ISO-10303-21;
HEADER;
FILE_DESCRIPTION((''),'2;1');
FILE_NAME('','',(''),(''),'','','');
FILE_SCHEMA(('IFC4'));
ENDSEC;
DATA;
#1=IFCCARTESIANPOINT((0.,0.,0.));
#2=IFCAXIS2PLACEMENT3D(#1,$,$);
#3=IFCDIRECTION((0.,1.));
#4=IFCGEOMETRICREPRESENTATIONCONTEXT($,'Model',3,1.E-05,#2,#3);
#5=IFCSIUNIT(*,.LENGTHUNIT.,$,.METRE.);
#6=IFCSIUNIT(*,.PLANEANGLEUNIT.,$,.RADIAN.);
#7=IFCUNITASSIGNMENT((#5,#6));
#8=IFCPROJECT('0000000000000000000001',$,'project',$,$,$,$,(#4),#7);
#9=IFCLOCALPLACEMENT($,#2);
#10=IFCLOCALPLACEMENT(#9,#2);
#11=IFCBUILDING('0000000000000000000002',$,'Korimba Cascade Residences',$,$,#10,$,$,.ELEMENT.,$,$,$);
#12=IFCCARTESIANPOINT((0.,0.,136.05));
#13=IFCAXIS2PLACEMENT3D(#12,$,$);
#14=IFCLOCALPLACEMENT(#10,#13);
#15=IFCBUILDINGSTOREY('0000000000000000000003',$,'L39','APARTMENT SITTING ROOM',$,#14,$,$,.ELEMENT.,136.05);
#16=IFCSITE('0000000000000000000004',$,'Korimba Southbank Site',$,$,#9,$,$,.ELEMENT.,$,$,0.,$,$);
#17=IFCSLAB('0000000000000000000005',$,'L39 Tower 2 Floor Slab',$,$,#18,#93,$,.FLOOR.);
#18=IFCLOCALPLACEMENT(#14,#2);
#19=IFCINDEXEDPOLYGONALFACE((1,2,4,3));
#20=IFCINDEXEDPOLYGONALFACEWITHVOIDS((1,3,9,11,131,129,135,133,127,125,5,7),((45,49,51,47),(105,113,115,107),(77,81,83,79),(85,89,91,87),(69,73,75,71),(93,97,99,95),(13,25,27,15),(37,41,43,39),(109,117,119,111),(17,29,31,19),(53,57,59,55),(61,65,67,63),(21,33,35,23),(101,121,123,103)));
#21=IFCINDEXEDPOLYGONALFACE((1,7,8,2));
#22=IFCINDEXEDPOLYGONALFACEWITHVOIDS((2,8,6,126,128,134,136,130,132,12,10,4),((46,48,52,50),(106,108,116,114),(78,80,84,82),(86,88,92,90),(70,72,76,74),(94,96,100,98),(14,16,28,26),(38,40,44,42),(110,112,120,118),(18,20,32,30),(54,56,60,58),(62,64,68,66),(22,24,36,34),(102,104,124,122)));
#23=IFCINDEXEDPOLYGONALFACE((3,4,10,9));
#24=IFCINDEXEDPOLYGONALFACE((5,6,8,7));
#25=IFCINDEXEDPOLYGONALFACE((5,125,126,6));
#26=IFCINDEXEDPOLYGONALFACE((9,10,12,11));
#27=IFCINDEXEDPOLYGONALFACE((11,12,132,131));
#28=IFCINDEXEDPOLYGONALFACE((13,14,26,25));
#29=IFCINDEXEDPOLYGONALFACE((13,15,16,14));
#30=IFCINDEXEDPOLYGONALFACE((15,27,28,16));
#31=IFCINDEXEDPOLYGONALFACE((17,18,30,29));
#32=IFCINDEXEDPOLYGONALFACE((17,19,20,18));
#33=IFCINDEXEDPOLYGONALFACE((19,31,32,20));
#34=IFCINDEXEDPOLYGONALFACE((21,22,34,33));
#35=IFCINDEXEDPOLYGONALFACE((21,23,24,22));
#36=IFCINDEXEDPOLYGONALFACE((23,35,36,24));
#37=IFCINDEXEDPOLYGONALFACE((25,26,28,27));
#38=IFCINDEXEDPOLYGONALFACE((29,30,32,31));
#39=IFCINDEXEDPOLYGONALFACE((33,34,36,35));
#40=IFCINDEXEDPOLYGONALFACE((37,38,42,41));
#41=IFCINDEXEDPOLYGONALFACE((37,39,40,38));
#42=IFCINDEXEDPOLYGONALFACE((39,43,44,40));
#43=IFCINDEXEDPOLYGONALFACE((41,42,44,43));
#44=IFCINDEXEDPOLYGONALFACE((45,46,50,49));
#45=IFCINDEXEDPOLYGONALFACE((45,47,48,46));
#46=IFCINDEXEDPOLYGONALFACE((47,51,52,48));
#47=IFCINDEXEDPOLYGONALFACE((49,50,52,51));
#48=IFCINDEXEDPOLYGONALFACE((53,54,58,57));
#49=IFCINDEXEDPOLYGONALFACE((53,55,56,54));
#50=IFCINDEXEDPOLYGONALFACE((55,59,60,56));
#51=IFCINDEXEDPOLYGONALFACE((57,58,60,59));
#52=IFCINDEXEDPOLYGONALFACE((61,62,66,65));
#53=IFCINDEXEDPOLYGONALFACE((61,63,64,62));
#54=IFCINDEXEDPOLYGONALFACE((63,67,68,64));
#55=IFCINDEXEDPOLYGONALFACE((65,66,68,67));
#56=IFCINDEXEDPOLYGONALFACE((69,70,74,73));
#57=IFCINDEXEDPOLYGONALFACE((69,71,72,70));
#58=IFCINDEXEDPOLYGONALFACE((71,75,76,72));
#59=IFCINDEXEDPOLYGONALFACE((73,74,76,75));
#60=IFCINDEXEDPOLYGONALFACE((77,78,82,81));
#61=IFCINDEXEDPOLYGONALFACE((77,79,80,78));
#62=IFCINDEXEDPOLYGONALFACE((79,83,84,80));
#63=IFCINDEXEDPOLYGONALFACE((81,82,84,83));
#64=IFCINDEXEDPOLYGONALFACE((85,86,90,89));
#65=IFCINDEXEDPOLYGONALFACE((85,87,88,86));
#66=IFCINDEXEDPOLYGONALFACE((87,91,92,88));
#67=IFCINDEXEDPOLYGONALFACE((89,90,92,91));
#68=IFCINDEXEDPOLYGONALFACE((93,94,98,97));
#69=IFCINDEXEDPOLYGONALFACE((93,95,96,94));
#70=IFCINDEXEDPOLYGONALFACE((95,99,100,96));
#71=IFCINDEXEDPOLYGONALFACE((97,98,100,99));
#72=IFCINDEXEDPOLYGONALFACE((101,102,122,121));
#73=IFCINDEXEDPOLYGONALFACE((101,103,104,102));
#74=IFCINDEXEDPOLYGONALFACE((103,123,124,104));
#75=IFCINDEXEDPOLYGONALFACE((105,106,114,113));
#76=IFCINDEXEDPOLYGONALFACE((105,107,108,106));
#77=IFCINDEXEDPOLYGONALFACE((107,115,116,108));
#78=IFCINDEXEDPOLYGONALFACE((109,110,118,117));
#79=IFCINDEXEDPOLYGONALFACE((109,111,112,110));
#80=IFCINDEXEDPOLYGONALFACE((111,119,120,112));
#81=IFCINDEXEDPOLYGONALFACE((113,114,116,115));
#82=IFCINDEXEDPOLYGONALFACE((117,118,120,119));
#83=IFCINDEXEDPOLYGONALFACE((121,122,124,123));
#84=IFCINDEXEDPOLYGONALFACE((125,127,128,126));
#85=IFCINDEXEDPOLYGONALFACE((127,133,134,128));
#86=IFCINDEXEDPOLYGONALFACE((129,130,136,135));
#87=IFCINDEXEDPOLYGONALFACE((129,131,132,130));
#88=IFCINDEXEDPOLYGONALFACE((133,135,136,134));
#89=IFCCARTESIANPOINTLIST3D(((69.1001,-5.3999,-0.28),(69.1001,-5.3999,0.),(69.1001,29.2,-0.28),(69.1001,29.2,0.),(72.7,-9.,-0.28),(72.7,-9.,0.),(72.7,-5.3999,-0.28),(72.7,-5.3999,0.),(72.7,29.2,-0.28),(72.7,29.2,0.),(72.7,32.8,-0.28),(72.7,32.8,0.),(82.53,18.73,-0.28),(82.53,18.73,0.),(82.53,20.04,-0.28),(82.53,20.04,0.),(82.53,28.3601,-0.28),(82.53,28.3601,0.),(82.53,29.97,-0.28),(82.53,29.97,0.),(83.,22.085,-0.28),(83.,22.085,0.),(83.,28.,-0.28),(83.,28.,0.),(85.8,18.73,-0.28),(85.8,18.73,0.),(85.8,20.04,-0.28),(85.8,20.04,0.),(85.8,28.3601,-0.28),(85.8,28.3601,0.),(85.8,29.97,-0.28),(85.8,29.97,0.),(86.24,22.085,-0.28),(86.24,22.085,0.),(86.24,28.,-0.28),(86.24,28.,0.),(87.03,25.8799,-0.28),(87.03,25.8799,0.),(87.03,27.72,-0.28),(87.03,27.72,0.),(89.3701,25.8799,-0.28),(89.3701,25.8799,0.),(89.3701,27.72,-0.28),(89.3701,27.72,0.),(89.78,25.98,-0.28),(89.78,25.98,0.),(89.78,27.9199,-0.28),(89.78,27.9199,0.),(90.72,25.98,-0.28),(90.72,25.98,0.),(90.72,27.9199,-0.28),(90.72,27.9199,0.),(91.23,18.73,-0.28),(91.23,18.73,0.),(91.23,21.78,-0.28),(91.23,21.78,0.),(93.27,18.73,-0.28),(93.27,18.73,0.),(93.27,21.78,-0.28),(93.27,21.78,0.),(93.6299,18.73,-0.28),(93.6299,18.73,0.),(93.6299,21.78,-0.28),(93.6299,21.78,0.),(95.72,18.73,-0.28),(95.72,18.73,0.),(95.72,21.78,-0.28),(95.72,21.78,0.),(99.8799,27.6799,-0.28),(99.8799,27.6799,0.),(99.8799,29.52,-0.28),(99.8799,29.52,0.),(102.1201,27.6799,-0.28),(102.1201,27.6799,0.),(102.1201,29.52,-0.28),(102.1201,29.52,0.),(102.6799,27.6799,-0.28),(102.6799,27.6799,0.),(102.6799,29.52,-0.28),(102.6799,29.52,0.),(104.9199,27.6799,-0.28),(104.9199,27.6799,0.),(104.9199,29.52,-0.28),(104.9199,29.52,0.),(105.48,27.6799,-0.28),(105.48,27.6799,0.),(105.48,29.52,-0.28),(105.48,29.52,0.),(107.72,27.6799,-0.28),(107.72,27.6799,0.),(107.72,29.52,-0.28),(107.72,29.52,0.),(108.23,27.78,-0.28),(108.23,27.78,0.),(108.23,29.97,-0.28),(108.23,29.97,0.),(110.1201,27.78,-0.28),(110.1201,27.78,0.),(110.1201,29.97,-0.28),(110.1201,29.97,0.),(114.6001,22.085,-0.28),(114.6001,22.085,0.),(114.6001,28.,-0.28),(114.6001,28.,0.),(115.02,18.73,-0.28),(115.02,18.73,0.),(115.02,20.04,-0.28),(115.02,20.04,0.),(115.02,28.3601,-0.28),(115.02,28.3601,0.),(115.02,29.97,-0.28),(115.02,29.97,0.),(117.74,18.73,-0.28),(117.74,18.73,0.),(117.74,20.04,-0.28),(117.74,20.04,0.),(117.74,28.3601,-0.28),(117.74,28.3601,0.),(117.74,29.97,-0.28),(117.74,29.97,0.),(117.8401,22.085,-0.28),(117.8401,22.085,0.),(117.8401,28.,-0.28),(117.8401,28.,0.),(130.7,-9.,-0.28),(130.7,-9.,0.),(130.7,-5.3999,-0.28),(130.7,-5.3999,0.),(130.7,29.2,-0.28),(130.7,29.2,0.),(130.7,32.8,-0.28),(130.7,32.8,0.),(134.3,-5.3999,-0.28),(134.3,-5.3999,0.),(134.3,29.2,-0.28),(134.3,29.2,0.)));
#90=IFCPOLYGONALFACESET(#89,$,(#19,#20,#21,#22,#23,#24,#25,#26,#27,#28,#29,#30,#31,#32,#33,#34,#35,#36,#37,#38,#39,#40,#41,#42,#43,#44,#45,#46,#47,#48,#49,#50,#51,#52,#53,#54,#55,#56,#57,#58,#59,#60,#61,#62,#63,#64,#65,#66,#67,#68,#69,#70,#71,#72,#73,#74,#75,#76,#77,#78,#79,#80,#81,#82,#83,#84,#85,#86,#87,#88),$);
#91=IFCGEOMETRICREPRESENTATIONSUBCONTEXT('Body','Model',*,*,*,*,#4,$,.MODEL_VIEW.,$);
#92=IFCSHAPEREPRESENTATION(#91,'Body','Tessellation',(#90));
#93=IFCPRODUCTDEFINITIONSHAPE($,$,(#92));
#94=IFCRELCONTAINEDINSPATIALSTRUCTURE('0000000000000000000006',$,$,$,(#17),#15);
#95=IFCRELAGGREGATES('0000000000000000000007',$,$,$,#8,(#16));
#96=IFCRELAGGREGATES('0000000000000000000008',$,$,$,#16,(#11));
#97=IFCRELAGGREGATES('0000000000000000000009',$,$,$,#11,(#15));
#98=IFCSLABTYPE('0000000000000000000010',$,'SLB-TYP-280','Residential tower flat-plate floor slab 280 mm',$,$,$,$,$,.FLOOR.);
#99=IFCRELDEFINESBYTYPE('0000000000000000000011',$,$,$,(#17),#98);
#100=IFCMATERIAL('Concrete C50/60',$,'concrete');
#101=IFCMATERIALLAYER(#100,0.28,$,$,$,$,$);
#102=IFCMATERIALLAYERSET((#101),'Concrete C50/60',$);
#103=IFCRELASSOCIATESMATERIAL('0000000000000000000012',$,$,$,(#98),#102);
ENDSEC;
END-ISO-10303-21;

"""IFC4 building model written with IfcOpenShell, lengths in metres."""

from ifc_helpers import new_model, si_unit, direction, frame, origin, place, context, subcontext, project, spatial, polyline, outline, extrude, material, layer, layer_set, type_object, element, save


model = new_model("IFC4")

# Units and contexts
model_context = context("Model", 3, precision=1e-05, world=origin(), true_north=direction((0.0, 1.0)))
body_context = subcontext(model_context, "Body", "Model", "MODEL_VIEW")
ifc_project = project(units=[si_unit("LENGTHUNIT", "METRE"), si_unit("PLANEANGLEUNIT", "RADIAN")], contexts=[model_context])

# Site, building, storey
site_placement = place(None, origin())
site = spatial("IfcSite", under=ifc_project, at=site_placement, Name="Korimba Southbank Site", CompositionType="ELEMENT", RefElevation=0.0)
building_placement = place(site_placement, origin())
building = spatial("IfcBuilding", under=site, at=building_placement, Name="Korimba Cascade Residences", CompositionType="ELEMENT")
storey_placement = place(building_placement, frame((0.0, 0.0, 136.05)))
storey = spatial("IfcBuildingStorey", under=building, at=storey_placement, Name="L39", Description="APARTMENT SITTING ROOM", CompositionType="ELEMENT", Elevation=136.05)

# Shared definitions
ifc_material_1 = material(Name="Concrete C50/60", Category="concrete")

# Slab
ifc_layer_1 = layer(ifc_material_1, 0.28)
ifc_layer_set_1 = layer_set([ifc_layer_1], Name="Concrete C50/60")
slab_type_1 = type_object("IfcSlabType", Name="SLB-TYP-280", Description="Residential tower flat-plate floor slab 280 mm", PredefinedType="FLOOR", material=ifc_layer_set_1)
slab_1_placement = place(storey_placement, frame((0.0, 0.0, -0.28)))
element("IfcSlab", 1, at=slab_1_placement, inside=storey, type_object=slab_type_1, Name="L39 Tower 2 Floor Slab", PredefinedType="FLOOR", context=body_context, shape_type="SweptSolid", body=[
    extrude(outline(polyline([(72.7, -9.0), (130.7, -9.0), (130.7, -5.3999), (134.3, -5.3999), (134.3, 29.2), (130.7, 29.2), (130.7, 32.8), (72.7, 32.8), (72.7, 29.2), (69.1001, 29.2), (69.1001, -5.3999), (72.7, -5.3999), (72.7, -9.0)]), holes=[polyline([(86.24, 22.085), (86.24, 28.0), (83.0, 28.0), (83.0, 22.085), (86.24, 22.085)]), polyline([(117.8401, 22.085), (117.8401, 28.0), (114.6001, 28.0), (114.6001, 22.085), (117.8401, 22.085)]), polyline([(87.03, 25.8799), (89.3701, 25.8799), (89.3701, 27.72), (87.03, 27.72), (87.03, 25.8799)]), polyline([(99.8799, 27.6799), (102.1201, 27.6799), (102.1201, 29.52), (99.8799, 29.52), (99.8799, 27.6799)]), polyline([(102.6799, 27.6799), (104.9199, 27.6799), (104.9199, 29.52), (102.6799, 29.52), (102.6799, 27.6799)]), polyline([(105.48, 27.6799), (107.72, 27.6799), (107.72, 29.52), (105.48, 29.52), (105.48, 27.6799)]), polyline([(89.78, 25.98), (90.72, 25.98), (90.72, 27.9199), (89.78, 27.9199), (89.78, 25.98)]), polyline([(82.53, 18.73), (85.8, 18.73), (85.8, 20.04), (82.53, 20.04), (82.53, 18.73)]), polyline([(82.53, 28.3601), (85.8, 28.3601), (85.8, 29.97), (82.53, 29.97), (82.53, 28.3601)]), polyline([(108.23, 27.78), (110.1201, 27.78), (110.1201, 29.97), (108.23, 29.97), (108.23, 27.78)]), polyline([(91.23, 18.73), (93.27, 18.73), (93.27, 21.78), (91.23, 21.78), (91.23, 18.73)]), polyline([(93.6299, 18.73), (95.72, 18.73), (95.72, 21.78), (93.6299, 21.78), (93.6299, 18.73)]), polyline([(115.02, 18.73), (117.74, 18.73), (117.74, 20.04), (115.02, 20.04), (115.02, 18.73)]), polyline([(115.02, 28.3601), (117.74, 28.3601), (117.74, 29.97), (115.02, 29.97), (115.02, 28.3601)])]), origin(), (0.0, 0.0, 1.0), 0.28),
])

save(model, "model.ifc")
